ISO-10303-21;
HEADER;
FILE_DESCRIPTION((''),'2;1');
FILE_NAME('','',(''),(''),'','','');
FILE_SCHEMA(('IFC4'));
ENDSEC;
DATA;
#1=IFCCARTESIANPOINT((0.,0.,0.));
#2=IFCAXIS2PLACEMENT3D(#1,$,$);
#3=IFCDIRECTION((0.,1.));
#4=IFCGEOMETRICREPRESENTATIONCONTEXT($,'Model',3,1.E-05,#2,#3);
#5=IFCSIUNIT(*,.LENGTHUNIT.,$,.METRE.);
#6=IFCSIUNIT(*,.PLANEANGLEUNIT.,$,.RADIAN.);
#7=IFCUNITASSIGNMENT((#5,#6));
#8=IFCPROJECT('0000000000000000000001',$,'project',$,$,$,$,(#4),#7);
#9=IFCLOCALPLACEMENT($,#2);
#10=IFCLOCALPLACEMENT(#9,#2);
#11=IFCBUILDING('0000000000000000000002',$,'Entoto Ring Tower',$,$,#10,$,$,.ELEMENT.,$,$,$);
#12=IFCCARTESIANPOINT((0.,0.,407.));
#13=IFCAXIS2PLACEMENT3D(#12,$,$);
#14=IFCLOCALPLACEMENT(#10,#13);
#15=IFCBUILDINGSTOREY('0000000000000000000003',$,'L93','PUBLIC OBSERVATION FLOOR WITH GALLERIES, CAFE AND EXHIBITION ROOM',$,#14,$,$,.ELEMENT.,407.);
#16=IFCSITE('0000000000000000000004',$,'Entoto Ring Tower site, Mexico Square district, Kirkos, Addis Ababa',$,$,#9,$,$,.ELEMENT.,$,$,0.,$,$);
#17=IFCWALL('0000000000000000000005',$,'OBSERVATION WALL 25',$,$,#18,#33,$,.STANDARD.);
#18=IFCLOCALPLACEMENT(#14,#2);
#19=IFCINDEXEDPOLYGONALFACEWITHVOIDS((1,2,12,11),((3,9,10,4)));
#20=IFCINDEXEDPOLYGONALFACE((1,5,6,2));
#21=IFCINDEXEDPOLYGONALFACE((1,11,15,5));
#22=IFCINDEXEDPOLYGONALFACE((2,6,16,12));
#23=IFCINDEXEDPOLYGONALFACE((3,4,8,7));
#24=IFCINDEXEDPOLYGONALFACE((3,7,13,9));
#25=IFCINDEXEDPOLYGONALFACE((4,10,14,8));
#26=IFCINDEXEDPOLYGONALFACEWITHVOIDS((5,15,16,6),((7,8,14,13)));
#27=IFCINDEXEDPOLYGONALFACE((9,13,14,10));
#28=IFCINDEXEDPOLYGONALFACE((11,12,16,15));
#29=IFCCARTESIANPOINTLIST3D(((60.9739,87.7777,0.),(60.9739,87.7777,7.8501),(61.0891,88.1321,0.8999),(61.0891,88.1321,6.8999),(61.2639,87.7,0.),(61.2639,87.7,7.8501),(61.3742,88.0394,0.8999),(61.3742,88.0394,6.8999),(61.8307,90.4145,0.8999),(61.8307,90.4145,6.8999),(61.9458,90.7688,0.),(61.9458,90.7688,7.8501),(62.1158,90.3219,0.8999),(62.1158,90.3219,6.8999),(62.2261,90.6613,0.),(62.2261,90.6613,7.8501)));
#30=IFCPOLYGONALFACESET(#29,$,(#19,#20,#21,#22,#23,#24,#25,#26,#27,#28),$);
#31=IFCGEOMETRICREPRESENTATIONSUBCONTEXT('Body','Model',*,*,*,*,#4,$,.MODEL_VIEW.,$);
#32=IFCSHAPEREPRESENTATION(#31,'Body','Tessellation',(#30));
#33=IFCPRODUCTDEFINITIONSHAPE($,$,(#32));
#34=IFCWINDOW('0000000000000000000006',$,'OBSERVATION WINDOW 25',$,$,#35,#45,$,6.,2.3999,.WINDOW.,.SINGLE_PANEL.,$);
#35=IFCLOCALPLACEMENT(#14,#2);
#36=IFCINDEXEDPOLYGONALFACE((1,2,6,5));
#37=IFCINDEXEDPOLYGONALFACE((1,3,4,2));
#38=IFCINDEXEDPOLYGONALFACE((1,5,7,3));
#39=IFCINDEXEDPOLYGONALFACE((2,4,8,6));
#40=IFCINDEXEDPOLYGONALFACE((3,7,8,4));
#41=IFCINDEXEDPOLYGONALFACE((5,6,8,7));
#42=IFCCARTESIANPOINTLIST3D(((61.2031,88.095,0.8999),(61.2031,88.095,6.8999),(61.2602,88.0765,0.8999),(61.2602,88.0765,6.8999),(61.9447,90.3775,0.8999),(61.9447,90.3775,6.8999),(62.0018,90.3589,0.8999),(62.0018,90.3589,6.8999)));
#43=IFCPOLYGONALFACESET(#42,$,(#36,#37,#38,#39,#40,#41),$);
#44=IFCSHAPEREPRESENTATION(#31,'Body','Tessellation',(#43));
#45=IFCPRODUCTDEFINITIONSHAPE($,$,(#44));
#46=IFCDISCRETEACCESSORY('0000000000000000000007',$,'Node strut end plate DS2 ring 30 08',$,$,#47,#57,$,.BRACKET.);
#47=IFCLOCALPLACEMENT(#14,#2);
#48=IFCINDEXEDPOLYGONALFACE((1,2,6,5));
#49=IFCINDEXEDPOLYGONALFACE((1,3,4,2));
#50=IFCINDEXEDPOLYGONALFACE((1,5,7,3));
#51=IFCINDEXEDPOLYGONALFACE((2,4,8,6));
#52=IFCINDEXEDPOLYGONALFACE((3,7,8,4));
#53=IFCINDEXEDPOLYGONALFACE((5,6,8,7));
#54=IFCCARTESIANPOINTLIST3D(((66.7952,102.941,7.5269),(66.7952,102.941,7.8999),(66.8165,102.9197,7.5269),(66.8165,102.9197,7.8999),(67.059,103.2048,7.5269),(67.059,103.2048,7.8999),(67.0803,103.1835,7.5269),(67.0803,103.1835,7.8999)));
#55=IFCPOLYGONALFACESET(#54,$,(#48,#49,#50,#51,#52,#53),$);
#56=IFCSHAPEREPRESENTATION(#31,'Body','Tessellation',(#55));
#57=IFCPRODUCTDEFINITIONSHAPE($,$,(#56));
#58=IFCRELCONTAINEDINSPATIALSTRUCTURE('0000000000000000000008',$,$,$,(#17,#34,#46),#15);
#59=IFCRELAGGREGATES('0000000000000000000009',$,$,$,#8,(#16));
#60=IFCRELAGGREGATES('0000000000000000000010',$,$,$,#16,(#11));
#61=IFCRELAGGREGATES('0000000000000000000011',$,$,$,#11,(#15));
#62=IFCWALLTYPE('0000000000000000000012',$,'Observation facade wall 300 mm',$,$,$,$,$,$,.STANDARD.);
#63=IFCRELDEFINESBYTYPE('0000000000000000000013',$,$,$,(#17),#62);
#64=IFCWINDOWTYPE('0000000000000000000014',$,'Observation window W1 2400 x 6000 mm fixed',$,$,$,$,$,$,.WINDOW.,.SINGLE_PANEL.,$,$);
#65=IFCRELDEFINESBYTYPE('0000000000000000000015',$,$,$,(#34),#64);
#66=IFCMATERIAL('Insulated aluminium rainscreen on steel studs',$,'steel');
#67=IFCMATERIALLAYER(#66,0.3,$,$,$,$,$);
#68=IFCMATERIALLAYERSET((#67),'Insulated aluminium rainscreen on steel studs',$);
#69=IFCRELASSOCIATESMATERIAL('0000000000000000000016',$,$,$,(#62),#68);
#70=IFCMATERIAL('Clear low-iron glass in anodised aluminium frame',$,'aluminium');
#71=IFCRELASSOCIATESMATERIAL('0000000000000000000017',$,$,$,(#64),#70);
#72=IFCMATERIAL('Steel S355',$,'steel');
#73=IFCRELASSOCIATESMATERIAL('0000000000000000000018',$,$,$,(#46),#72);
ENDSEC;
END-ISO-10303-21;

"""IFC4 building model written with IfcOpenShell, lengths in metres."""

from ifc_helpers import new_model, si_unit, direction, frame, frame_2d, origin, origin_2d, place, context, subcontext, project, spatial, polyline, rectangle, outline, extrude, material, layer, layer_set, type_object, element, fill, save


model = new_model("IFC4")

# Units and contexts
model_context = context("Model", 3, precision=1e-05, world=origin(), true_north=direction((0.0, 1.0)))
body_context = subcontext(model_context, "Body", "Model", "MODEL_VIEW")
ifc_project = project(units=[si_unit("LENGTHUNIT", "METRE"), si_unit("PLANEANGLEUNIT", "RADIAN")], contexts=[model_context])

# Site, building, storey
site_placement = place(None, origin())
site = spatial("IfcSite", under=ifc_project, at=site_placement, Name="Entoto Ring Tower site, Mexico Square district, Kirkos, Addis Ababa", CompositionType="ELEMENT", RefElevation=0.0)
building_placement = place(site_placement, origin())
building = spatial("IfcBuilding", under=site, at=building_placement, Name="Entoto Ring Tower", CompositionType="ELEMENT")
storey_placement = place(building_placement, frame((0.0, 0.0, 407.0)))
storey = spatial("IfcBuildingStorey", under=building, at=storey_placement, Name="L93", Description="PUBLIC OBSERVATION FLOOR WITH GALLERIES, CAFE AND EXHIBITION ROOM", CompositionType="ELEMENT", Elevation=407.0)

# Wall, opening, window
ifc_material_1 = material(Name="Insulated aluminium rainscreen on steel studs", Category="steel")
ifc_layer = layer(ifc_material_1, 0.3)
ifc_layer_set = layer_set([ifc_layer], Name="Insulated aluminium rainscreen on steel studs")
wall_type = type_object("IfcWallType", Name="Observation facade wall 300 mm", PredefinedType="STANDARD", material=ifc_layer_set)
ifc_material_2 = material(Name="Clear low-iron glass in anodised aluminium frame", Category="aluminium")
window_type_1 = type_object("IfcWindowType", Name="Observation window W1 2400 x 6000 mm fixed", PartitioningType="SINGLE_PANEL", PredefinedType="WINDOW", material=ifc_material_2)
wall_1_placement = place(storey_placement, frame((62.0859, 90.7151, 0.0), z_axis=(0.0, 0.0, 1.0), x_axis=(-0.30901, -0.951059, 0.0)))
wall_1 = element("IfcWall", 1, at=wall_1_placement, inside=storey, type_object=wall_type, Name="OBSERVATION WALL 25", PredefinedType="STANDARD", context=body_context, shape_type="SweptSolid", body=[
    extrude(outline(polyline([(-0.0078, -0.1499), (3.1372, -0.1499), (3.1216, 0.1499), (0.0078, 0.1499), (-0.0078, -0.1499)])), origin(), (0.0, 0.0, 1.0), 7.8501),
])
opening_1_placement = place(wall_1_placement, frame((0.3647, 0.0, 0.8999)))
opening_1 = element("IfcOpeningElement", 2, at=opening_1_placement, cuts=wall_1, PredefinedType="OPENING", context=body_context, shape_type="SweptSolid", body=[
    extrude(rectangle(XDim=2.3999, YDim=6.0, at=frame_2d((1.2, 3.0))), frame((0.0, 0.1602, 0.0), z_axis=(0.0, -1.0, 0.0), x_axis=(1.0, 0.0, 0.0)), (0.0, 0.0, 1.0), 0.3201),
])
window_1_placement = place(opening_1_placement, origin())
window_1 = element("IfcWindow", 3, at=window_1_placement, inside=storey, type_object=window_type_1, Name="OBSERVATION WINDOW 25", OverallHeight=6.0, OverallWidth=2.3999, PartitioningType="SINGLE_PANEL", PredefinedType="WINDOW", context=body_context, shape_type="SweptSolid", body=[
    extrude(rectangle(XDim=2.3999, YDim=6.0, at=frame_2d((1.2, 3.0))), frame((0.0, 0.03, 0.0), z_axis=(0.0, -1.0, 0.0), x_axis=(1.0, 0.0, 0.0)), (0.0, 0.0, 1.0), 0.0601),
])
fill(opening_1, window_1)

# Discrete accessory
ifc_material_3 = material(Name="Steel S355", Category="steel")
discrete_accessory_placement = place(storey_placement, frame((66.9377, 103.0623, 7.5269), z_axis=(0.0, 0.0, 1.0), x_axis=(-0.707107, 0.707107, 0.0)))
element("IfcDiscreteAccessory", 4, at=discrete_accessory_placement, inside=storey, material=ifc_material_3, Name="Node strut end plate DS2 ring 30 08", PredefinedType="BRACKET", context=body_context, shape_type="SweptSolid", body=[
    extrude(rectangle(XDim=0.03, YDim=0.373, at=origin_2d()), origin(), (0.0, 0.0, 1.0), 0.373),
])

save(model, "model.ifc")
